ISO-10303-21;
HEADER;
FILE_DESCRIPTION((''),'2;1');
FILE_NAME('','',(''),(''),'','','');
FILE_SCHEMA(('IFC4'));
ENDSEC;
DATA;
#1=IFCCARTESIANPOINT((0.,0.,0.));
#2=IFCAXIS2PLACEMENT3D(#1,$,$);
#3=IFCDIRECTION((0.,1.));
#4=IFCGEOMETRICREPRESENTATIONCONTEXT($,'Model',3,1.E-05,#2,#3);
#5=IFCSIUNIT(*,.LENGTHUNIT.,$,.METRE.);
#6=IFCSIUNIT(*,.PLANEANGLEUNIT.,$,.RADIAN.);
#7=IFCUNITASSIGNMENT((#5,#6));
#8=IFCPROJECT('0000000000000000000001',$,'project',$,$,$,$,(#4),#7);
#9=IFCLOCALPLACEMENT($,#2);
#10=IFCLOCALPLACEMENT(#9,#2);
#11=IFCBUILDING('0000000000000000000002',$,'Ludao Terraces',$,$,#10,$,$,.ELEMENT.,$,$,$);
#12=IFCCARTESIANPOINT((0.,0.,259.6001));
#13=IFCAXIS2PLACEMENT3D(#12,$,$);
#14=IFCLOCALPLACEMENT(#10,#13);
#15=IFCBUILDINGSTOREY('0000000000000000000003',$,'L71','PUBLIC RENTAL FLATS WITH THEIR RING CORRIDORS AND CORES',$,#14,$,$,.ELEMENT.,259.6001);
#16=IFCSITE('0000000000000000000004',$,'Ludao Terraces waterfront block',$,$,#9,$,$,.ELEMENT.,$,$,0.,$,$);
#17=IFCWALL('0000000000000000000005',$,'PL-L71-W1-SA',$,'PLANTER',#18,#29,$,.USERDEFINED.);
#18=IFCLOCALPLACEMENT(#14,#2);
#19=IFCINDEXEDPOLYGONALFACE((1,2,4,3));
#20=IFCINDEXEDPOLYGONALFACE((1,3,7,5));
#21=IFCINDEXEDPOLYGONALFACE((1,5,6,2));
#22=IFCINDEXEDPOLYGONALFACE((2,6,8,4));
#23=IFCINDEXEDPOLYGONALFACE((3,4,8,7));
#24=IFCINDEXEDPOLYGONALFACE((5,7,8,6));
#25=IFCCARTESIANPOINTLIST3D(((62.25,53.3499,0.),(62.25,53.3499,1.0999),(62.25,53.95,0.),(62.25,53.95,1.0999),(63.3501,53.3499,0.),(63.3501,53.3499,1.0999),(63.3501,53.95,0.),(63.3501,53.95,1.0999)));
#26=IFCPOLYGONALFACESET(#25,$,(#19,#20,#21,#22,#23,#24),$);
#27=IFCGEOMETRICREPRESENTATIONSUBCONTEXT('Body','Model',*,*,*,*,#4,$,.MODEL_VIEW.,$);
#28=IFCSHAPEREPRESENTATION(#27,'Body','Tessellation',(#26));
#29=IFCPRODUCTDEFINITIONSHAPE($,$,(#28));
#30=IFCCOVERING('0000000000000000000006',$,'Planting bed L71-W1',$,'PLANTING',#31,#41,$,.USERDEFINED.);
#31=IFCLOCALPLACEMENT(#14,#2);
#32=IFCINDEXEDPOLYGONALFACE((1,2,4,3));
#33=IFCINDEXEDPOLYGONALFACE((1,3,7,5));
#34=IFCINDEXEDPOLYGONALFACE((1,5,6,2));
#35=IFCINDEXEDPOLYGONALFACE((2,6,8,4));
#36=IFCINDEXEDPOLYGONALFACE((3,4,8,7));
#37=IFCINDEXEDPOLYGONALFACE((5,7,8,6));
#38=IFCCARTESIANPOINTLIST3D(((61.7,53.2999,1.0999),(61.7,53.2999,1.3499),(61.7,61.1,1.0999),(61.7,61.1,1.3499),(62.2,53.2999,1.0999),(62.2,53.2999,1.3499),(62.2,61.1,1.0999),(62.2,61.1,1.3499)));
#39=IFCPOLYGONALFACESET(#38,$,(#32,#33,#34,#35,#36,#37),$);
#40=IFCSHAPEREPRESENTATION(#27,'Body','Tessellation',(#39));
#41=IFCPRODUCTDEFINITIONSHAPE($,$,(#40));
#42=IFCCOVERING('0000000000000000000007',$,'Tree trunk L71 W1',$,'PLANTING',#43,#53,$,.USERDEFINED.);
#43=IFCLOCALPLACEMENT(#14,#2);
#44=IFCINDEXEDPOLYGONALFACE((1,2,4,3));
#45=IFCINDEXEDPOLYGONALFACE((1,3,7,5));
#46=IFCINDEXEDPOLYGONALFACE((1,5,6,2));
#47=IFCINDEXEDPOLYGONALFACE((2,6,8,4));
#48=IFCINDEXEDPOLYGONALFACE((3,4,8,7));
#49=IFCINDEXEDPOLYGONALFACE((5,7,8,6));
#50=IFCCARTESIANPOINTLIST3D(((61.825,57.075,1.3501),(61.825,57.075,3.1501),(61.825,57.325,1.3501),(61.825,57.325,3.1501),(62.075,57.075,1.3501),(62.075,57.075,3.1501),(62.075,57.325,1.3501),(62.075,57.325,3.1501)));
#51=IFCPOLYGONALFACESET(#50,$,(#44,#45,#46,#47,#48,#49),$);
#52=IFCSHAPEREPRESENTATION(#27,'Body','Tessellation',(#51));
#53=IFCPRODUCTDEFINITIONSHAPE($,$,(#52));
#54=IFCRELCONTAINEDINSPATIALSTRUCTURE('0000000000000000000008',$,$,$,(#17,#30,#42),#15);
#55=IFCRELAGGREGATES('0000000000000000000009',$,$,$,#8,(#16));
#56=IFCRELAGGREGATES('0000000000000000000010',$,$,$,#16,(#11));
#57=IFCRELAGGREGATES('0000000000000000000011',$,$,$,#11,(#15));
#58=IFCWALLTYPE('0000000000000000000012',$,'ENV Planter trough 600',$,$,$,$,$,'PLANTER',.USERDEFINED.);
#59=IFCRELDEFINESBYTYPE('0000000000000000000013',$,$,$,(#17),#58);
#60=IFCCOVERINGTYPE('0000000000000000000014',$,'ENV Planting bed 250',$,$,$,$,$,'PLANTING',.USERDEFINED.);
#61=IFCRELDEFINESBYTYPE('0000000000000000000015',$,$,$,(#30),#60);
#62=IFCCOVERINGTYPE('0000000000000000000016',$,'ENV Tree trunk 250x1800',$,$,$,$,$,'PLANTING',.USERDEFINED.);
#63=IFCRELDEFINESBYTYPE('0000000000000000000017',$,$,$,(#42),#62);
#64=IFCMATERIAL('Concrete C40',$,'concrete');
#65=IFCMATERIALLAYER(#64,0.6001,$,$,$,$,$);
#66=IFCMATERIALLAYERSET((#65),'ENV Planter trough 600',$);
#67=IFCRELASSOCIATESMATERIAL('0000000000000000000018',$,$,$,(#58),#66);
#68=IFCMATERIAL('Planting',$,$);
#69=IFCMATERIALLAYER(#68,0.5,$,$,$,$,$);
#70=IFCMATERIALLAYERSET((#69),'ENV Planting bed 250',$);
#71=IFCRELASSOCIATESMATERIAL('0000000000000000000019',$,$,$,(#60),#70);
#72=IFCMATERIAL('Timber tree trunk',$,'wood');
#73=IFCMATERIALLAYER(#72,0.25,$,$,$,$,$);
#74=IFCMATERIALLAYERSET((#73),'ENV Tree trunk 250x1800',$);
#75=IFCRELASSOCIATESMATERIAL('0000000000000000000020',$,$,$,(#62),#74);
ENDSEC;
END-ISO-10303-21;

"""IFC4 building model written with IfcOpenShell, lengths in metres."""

from ifc_helpers import new_model, si_unit, direction, frame, frame_2d, origin, origin_2d, place, context, subcontext, project, spatial, rectangle, extrude, material, layer, layer_set, type_object, element, save


model = new_model("IFC4")

# Units and contexts
model_context = context("Model", 3, precision=1e-05, world=origin(), true_north=direction((0.0, 1.0)))
body_context = subcontext(model_context, "Body", "Model", "MODEL_VIEW")
ifc_project = project(units=[si_unit("LENGTHUNIT", "METRE"), si_unit("PLANEANGLEUNIT", "RADIAN")], contexts=[model_context])

# Site, building, storey
site_placement = place(None, origin())
site = spatial("IfcSite", under=ifc_project, at=site_placement, Name="Ludao Terraces waterfront block", CompositionType="ELEMENT", RefElevation=0.0)
building_placement = place(site_placement, origin())
building = spatial("IfcBuilding", under=site, at=building_placement, Name="Ludao Terraces", CompositionType="ELEMENT")
storey_placement = place(building_placement, frame((0.0, 0.0, 259.6001)))
storey = spatial("IfcBuildingStorey", under=building, at=storey_placement, Name="L71", Description="PUBLIC RENTAL FLATS WITH THEIR RING CORRIDORS AND CORES", CompositionType="ELEMENT", Elevation=259.6001)

# Shared definitions
ifc_material_1 = material(Name="Concrete C40", Category="concrete")

# Wall
ifc_layer_1 = layer(ifc_material_1, 0.6001)
ifc_layer_set_1 = layer_set([ifc_layer_1], Name="ENV Planter trough 600")
wall_type = type_object("IfcWallType", Name="ENV Planter trough 600", ElementType="PLANTER", PredefinedType="USERDEFINED", material=ifc_layer_set_1)
wall_1_placement = place(storey_placement, frame((62.25, 53.6499, 0.0), z_axis=(0.0, 0.0, 1.0), x_axis=(1.0, 0.0, 0.0)))
element("IfcWall", 1, at=wall_1_placement, inside=storey, type_object=wall_type, Name="PL-L71-W1-SA", ObjectType="PLANTER", PredefinedType="USERDEFINED", context=body_context, shape_type="SweptSolid", body=[
    extrude(rectangle(XDim=1.1001, YDim=0.6001, at=frame_2d((0.55, 0.0))), origin(), (0.0, 0.0, 1.0), 1.0999),
])

# Coverings
ifc_material_2 = material(Name="Planting")
ifc_layer_2 = layer(ifc_material_2, 0.5)
ifc_layer_set_2 = layer_set([ifc_layer_2], Name="ENV Planting bed 250")
covering_type_1 = type_object("IfcCoveringType", Name="ENV Planting bed 250", ElementType="PLANTING", PredefinedType="USERDEFINED", material=ifc_layer_set_2)
covering_1_placement = place(storey_placement, frame((61.95, 57.2, 1.0999), z_axis=(0.0, 0.0, 1.0), x_axis=(1.0, 0.0, 0.0)))
element("IfcCovering", 2, at=covering_1_placement, inside=storey, type_object=covering_type_1, Name="Planting bed L71-W1", ObjectType="PLANTING", PredefinedType="USERDEFINED", context=body_context, shape_type="SweptSolid", body=[
    extrude(rectangle(XDim=0.5, YDim=7.8, at=origin_2d()), origin(), (0.0, 0.0, 1.0), 0.25),
])
ifc_material_3 = material(Name="Timber tree trunk", Category="wood")
ifc_layer_3 = layer(ifc_material_3, 0.25)
ifc_layer_set_3 = layer_set([ifc_layer_3], Name="ENV Tree trunk 250x1800")
covering_type_2 = type_object("IfcCoveringType", Name="ENV Tree trunk 250x1800", ElementType="PLANTING", PredefinedType="USERDEFINED", material=ifc_layer_set_3)
covering_2_placement = place(storey_placement, frame((61.95, 57.2, 1.3501), z_axis=(0.0, 0.0, 1.0), x_axis=(1.0, 0.0, 0.0)))
element("IfcCovering", 3, at=covering_2_placement, inside=storey, type_object=covering_type_2, Name="Tree trunk L71 W1", ObjectType="PLANTING", PredefinedType="USERDEFINED", context=body_context, shape_type="SweptSolid", body=[
    extrude(rectangle(XDim=0.25, YDim=0.25, at=origin_2d()), origin(), (0.0, 0.0, 1.0), 1.8),
])

save(model, "model.ifc")
